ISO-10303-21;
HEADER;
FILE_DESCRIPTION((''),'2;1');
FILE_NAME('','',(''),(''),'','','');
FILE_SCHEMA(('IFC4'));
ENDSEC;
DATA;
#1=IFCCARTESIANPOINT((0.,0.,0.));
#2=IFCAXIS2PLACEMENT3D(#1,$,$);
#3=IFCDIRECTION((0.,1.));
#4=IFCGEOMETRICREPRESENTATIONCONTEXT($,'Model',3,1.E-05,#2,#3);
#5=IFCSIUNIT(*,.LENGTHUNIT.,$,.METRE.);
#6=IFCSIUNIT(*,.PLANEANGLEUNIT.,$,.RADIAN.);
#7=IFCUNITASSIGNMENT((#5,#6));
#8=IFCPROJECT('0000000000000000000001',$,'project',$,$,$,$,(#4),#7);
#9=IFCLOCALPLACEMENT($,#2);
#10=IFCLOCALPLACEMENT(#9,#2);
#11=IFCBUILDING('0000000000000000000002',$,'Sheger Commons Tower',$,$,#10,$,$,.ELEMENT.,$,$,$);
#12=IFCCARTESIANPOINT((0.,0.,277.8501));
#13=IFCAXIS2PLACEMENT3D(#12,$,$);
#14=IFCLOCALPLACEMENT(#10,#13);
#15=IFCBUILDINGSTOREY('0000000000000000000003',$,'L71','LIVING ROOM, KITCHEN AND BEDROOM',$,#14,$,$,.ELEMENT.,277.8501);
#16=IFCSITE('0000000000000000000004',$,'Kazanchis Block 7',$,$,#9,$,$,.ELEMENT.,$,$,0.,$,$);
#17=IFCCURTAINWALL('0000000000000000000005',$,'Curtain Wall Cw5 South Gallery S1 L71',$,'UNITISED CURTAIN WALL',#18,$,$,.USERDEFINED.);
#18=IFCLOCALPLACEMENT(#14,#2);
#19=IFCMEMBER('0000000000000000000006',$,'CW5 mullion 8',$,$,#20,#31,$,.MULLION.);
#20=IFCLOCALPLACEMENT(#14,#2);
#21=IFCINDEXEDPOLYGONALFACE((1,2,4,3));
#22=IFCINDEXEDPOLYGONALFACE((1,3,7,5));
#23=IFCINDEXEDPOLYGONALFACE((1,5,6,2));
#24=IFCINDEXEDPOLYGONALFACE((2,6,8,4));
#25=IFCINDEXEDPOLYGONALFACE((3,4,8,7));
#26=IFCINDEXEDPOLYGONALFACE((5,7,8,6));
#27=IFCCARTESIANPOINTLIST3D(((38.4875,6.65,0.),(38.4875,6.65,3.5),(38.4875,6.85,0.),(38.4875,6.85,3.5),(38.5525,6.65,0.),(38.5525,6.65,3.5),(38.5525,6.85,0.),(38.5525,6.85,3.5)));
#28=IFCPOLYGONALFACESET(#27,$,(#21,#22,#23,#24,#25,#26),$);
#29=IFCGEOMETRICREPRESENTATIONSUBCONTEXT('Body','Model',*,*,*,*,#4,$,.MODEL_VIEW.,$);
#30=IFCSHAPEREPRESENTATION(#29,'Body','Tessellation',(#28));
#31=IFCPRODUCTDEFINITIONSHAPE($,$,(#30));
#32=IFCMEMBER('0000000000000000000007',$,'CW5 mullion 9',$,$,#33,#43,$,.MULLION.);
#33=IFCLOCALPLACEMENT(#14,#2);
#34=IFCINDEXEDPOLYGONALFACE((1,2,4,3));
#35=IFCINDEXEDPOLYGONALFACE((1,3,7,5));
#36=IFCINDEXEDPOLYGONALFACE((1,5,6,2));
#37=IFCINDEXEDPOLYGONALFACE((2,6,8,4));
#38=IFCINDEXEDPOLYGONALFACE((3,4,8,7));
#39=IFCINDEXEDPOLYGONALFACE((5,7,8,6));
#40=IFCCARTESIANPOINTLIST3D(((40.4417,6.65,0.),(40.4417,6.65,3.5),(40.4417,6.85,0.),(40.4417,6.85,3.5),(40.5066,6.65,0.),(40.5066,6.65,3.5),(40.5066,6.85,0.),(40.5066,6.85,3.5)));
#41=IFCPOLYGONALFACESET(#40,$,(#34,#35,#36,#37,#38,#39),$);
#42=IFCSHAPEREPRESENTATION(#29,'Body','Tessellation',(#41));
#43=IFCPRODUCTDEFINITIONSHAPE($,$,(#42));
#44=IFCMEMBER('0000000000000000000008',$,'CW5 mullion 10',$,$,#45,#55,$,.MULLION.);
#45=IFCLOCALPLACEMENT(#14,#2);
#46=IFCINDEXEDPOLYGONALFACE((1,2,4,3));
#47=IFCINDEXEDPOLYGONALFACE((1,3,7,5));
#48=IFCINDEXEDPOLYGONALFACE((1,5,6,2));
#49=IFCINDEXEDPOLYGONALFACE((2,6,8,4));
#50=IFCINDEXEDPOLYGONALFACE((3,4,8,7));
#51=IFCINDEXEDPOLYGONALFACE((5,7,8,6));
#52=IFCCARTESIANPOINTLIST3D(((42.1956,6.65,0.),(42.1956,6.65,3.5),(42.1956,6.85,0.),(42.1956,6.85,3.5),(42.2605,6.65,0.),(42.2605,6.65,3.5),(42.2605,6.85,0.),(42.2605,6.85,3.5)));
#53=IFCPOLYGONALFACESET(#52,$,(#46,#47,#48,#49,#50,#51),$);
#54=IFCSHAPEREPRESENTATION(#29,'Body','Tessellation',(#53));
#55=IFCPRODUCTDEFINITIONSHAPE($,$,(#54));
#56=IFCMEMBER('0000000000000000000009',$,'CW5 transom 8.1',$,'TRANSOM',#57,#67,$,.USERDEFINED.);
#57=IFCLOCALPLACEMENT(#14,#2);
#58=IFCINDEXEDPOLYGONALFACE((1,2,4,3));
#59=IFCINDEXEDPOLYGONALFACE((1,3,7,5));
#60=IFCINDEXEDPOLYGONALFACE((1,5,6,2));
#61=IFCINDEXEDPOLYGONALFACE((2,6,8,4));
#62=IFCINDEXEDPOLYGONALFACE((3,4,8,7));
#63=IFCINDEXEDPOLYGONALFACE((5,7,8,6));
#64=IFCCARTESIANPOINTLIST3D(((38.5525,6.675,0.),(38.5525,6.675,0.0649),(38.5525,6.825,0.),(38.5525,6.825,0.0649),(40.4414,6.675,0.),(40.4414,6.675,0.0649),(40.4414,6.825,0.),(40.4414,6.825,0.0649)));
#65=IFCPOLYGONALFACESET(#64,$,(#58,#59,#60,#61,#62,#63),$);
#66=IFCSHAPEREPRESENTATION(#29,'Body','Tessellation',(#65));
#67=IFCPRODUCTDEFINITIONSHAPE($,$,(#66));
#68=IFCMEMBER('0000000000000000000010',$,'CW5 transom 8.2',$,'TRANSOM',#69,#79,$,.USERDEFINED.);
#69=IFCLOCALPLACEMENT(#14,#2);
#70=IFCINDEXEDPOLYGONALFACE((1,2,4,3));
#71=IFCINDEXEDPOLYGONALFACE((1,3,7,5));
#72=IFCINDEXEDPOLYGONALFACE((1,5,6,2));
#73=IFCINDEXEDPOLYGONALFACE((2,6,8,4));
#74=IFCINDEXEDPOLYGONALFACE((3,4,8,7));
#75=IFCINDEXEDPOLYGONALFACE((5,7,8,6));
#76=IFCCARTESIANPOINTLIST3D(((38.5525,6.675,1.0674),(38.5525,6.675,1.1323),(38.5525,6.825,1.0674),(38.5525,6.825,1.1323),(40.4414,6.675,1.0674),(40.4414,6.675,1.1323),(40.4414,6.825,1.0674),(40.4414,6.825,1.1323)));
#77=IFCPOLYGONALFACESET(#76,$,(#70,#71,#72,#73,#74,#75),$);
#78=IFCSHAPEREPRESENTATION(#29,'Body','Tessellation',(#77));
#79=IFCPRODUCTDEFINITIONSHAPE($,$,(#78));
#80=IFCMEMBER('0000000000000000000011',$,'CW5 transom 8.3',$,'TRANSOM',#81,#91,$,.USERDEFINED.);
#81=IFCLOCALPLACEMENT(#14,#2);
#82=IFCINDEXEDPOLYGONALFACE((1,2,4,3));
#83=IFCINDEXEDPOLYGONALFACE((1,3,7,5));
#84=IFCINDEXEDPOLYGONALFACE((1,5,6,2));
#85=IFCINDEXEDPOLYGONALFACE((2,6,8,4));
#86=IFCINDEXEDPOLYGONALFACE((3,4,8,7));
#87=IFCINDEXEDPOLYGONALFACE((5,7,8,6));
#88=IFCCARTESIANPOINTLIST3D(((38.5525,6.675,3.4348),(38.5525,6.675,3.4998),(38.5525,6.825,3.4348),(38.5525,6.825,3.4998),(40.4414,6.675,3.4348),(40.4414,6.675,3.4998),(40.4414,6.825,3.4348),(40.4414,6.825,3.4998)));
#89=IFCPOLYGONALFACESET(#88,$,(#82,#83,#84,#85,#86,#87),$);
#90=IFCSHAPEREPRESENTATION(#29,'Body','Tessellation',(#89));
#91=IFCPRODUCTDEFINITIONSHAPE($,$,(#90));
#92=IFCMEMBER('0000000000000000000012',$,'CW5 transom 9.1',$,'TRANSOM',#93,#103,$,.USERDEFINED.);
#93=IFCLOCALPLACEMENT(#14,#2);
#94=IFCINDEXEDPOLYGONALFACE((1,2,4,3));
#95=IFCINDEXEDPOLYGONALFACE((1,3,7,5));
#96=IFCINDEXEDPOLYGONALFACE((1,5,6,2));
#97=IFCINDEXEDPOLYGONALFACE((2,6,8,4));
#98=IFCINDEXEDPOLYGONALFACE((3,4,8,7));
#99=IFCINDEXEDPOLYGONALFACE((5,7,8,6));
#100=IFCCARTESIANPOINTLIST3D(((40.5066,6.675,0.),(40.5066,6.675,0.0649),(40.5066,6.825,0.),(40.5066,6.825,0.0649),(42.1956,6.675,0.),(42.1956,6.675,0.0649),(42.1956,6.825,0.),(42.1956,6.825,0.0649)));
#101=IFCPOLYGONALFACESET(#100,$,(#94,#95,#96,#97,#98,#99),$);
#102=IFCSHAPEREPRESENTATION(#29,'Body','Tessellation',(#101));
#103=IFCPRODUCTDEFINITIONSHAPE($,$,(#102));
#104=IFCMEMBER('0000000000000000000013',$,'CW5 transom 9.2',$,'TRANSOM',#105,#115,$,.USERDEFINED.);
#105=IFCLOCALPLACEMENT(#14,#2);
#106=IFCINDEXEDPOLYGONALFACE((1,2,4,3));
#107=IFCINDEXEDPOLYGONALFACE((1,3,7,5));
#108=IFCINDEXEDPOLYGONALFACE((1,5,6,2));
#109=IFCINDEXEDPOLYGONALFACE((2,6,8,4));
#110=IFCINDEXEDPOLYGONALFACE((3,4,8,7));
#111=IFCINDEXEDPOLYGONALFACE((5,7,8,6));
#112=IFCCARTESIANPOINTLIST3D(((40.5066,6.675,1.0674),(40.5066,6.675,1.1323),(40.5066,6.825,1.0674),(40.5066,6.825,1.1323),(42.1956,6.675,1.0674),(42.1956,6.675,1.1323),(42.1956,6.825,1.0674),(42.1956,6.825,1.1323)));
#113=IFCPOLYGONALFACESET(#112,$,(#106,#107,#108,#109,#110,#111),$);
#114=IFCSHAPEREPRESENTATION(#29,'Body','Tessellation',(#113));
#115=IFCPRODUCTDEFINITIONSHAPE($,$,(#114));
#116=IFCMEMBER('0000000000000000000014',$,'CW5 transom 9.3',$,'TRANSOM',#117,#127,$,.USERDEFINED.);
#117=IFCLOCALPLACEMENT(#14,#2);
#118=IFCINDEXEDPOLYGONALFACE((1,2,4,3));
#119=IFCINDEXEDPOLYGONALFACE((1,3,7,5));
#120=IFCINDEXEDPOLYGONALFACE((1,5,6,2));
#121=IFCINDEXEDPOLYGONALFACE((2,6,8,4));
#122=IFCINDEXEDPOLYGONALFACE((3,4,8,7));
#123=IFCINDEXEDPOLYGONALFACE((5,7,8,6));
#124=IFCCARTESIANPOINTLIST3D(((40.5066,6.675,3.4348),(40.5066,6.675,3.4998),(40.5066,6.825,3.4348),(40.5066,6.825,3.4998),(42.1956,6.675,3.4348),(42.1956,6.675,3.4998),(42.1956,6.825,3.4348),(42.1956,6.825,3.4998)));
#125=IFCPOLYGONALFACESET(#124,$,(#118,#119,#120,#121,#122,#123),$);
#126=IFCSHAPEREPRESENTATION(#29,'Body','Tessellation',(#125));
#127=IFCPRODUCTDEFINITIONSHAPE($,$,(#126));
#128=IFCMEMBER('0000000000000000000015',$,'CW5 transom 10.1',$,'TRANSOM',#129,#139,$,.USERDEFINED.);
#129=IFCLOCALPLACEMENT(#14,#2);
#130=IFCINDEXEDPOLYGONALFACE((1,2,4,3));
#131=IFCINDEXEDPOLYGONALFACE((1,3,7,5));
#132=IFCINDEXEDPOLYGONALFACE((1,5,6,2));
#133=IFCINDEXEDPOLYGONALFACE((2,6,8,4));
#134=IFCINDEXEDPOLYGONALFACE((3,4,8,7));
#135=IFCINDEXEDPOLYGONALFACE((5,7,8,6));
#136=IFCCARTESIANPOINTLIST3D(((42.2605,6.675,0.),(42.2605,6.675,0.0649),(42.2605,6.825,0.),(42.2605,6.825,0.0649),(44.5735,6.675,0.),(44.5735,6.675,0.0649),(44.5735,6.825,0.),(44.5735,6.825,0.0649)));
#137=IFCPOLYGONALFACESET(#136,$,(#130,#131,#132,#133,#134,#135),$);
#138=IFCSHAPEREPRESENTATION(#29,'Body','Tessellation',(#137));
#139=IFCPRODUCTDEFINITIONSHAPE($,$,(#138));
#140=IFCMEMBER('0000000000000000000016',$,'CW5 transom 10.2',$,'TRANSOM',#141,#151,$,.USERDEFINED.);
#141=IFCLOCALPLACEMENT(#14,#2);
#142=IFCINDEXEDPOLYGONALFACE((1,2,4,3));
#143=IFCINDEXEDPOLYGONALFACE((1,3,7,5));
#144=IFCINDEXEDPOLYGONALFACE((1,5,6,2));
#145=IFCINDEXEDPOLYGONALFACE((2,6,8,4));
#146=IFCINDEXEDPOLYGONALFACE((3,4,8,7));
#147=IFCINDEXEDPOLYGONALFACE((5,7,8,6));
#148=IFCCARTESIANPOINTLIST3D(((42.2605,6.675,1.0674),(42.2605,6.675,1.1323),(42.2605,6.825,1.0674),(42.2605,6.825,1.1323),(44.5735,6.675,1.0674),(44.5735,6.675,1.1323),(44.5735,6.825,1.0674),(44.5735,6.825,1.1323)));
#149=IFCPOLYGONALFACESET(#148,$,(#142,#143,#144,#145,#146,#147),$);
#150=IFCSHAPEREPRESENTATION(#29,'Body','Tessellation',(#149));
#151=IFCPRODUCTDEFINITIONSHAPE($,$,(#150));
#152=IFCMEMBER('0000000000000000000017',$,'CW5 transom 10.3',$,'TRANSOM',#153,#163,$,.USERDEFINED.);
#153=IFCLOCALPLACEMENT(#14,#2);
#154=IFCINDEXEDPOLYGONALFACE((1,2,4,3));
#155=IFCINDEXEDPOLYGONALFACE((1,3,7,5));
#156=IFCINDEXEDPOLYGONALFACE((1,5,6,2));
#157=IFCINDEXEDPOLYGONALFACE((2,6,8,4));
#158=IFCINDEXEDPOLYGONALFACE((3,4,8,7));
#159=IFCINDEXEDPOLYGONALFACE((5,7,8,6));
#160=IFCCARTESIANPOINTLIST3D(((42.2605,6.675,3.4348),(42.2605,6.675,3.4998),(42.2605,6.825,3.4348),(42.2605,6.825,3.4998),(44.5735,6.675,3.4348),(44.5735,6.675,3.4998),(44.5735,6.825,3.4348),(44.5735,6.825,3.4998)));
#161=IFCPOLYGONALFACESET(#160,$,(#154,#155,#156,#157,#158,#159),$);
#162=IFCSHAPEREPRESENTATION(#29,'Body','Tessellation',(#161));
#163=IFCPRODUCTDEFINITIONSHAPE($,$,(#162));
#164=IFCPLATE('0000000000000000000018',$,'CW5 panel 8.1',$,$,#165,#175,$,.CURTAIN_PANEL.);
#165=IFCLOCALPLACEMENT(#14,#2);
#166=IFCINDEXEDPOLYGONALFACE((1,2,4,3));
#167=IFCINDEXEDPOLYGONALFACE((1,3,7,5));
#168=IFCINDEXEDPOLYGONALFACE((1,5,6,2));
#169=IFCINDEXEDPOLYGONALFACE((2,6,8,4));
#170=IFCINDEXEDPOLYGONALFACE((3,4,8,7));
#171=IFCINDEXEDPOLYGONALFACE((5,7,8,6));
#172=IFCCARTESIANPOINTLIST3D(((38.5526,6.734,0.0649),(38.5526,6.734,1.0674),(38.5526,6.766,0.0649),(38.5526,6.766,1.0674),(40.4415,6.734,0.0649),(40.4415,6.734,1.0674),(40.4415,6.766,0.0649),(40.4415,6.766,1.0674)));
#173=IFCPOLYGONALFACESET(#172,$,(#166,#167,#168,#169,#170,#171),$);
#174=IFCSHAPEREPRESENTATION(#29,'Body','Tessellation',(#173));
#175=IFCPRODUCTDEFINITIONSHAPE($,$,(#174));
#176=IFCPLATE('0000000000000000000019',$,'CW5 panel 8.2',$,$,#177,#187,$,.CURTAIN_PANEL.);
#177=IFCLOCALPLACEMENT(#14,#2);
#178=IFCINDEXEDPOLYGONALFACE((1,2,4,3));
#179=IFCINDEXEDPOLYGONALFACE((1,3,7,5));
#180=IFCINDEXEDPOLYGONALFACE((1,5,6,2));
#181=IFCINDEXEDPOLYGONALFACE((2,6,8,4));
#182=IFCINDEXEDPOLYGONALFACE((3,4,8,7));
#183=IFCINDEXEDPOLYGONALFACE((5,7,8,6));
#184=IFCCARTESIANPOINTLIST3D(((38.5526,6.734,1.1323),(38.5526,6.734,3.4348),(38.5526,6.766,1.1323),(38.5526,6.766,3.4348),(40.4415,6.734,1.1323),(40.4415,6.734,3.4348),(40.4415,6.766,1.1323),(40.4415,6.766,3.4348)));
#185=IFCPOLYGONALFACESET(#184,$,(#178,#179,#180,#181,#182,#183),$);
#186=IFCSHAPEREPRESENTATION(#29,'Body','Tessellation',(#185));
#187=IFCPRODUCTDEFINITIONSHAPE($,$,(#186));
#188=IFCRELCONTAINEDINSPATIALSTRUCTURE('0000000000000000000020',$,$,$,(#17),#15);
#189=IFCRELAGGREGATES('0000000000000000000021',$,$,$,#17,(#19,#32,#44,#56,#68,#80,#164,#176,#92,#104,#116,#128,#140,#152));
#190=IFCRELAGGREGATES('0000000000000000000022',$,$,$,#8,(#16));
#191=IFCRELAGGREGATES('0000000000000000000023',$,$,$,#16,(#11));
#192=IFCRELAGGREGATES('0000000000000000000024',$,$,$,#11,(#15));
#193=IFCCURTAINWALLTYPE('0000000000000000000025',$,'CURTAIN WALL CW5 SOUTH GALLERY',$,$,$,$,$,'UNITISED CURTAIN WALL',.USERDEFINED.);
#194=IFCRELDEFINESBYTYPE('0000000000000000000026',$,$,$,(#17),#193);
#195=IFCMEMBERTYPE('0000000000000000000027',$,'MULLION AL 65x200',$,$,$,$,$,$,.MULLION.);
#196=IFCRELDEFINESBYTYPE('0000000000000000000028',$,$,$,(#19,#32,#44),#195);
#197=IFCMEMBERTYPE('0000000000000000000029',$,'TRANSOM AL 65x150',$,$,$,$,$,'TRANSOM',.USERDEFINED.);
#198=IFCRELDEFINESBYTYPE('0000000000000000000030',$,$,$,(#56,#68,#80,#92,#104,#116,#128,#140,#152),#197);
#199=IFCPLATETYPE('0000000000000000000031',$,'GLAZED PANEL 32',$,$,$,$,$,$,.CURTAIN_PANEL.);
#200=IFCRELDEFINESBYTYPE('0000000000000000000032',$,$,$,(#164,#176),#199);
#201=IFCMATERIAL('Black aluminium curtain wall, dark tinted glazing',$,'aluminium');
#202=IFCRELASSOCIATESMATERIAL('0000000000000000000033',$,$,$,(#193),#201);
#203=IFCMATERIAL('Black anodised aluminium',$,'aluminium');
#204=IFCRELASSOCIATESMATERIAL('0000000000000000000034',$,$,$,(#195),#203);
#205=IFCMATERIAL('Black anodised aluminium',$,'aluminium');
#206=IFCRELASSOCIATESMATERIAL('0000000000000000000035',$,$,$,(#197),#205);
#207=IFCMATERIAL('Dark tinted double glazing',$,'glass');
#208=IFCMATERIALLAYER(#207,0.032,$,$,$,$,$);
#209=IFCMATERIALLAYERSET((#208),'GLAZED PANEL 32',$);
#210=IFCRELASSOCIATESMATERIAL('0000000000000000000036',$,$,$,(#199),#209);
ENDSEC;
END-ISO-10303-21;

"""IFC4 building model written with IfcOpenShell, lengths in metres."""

from ifc_helpers import new_model, si_unit, direction, frame, origin, origin_2d, place, context, subcontext, project, spatial, rectangle, extrude, material, layer, layer_set, material_profile, profile_set, type_object, element, aggregate, save


model = new_model("IFC4")

# Units and contexts
model_context = context("Model", 3, precision=1e-05, world=origin(), true_north=direction((0.0, 1.0)))
body_context = subcontext(model_context, "Body", "Model", "MODEL_VIEW")
ifc_project = project(units=[si_unit("LENGTHUNIT", "METRE"), si_unit("PLANEANGLEUNIT", "RADIAN")], contexts=[model_context])

# Site, building, storey
site_placement = place(None, origin())
site = spatial("IfcSite", under=ifc_project, at=site_placement, Name="Kazanchis Block 7", CompositionType="ELEMENT", RefElevation=0.0)
building_placement = place(site_placement, origin())
building = spatial("IfcBuilding", under=site, at=building_placement, Name="Sheger Commons Tower", CompositionType="ELEMENT")
storey_placement = place(building_placement, frame((0.0, 0.0, 277.8501)))
storey = spatial("IfcBuildingStorey", under=building, at=storey_placement, Name="L71", Description="LIVING ROOM, KITCHEN AND BEDROOM", CompositionType="ELEMENT", Elevation=277.8501)

# Curtain wall, members, plates
ifc_material_1 = material(Name="Black aluminium curtain wall, dark tinted glazing", Category="aluminium")
curtain_wall_type = type_object("IfcCurtainWallType", Name="CURTAIN WALL CW5 SOUTH GALLERY", ElementType="UNITISED CURTAIN WALL", PredefinedType="USERDEFINED", material=ifc_material_1)
curtain_wall_placement = place(storey_placement, origin())
curtain_wall = element("IfcCurtainWall", 1, at=curtain_wall_placement, inside=storey, type_object=curtain_wall_type, Name="Curtain Wall Cw5 South Gallery S1 L71", ObjectType="UNITISED CURTAIN WALL", PredefinedType="USERDEFINED")
ifc_material_2 = material(Name="Black anodised aluminium", Category="aluminium")
ifc_material_profile_1 = material_profile(ifc_material_2, rectangle(XDim=0.2, YDim=0.0649, at=origin_2d()), Name="AL 65x200")
ifc_profile_set_1 = profile_set([ifc_material_profile_1], Name="Black anodised aluminium")
member_type_1 = type_object("IfcMemberType", Name="MULLION AL 65x200", PredefinedType="MULLION", material=ifc_profile_set_1)
member_1_placement = place(storey_placement, frame((38.52, 6.75, 0.0), z_axis=(0.0, 0.0, 1.0), x_axis=(0.0, 1.0, 0.0)))
member_1 = element("IfcMember", 2, at=member_1_placement, type_object=member_type_1, Name="CW5 mullion 8", PredefinedType="MULLION", context=body_context, shape_type="SweptSolid", body=[
    extrude(rectangle(XDim=0.2, YDim=0.0649, at=origin_2d()), origin(), (0.0, 0.0, 1.0), 3.5),
])
member_2_placement = place(storey_placement, frame((40.4741, 6.75, 0.0), z_axis=(0.0, 0.0, 1.0), x_axis=(0.0, 1.0, 0.0)))
member_2 = element("IfcMember", 3, at=member_2_placement, type_object=member_type_1, Name="CW5 mullion 9", PredefinedType="MULLION", context=body_context, shape_type="SweptSolid", body=[
    extrude(rectangle(XDim=0.2, YDim=0.0649, at=origin_2d()), origin(), (0.0, 0.0, 1.0), 3.5),
])
member_3_placement = place(storey_placement, frame((42.228, 6.75, 0.0), z_axis=(0.0, 0.0, 1.0), x_axis=(0.0, 1.0, 0.0)))
member_3 = element("IfcMember", 4, at=member_3_placement, type_object=member_type_1, Name="CW5 mullion 10", PredefinedType="MULLION", context=body_context, shape_type="SweptSolid", body=[
    extrude(rectangle(XDim=0.2, YDim=0.0649, at=origin_2d()), origin(), (0.0, 0.0, 1.0), 3.5),
])
ifc_material_3 = material(Name="Black anodised aluminium", Category="aluminium")
ifc_material_profile_2 = material_profile(ifc_material_3, rectangle(XDim=0.1499, YDim=0.0649, at=origin_2d()), Name="AL 65x150")
ifc_profile_set_2 = profile_set([ifc_material_profile_2], Name="Black anodised aluminium")
member_type_2 = type_object("IfcMemberType", Name="TRANSOM AL 65x150", ElementType="TRANSOM", PredefinedType="USERDEFINED", material=ifc_profile_set_2)
member_4_placement = place(storey_placement, frame((38.5525, 6.75, 0.0325), z_axis=(1.0, 0.0, 0.0), x_axis=(0.0, 1.0, 0.0)))
member_4 = element("IfcMember", 5, at=member_4_placement, type_object=member_type_2, Name="CW5 transom 8.1", ObjectType="TRANSOM", PredefinedType="USERDEFINED", context=body_context, shape_type="SweptSolid", body=[
    extrude(rectangle(XDim=0.1499, YDim=0.0649, at=origin_2d()), origin(), (0.0, 0.0, 1.0), 1.8889),
])
member_5_placement = place(storey_placement, frame((38.5525, 6.75, 1.0999), z_axis=(1.0, 0.0, 0.0), x_axis=(0.0, 1.0, 0.0)))
member_5 = element("IfcMember", 6, at=member_5_placement, type_object=member_type_2, Name="CW5 transom 8.2", ObjectType="TRANSOM", PredefinedType="USERDEFINED", context=body_context, shape_type="SweptSolid", body=[
    extrude(rectangle(XDim=0.1499, YDim=0.0649, at=origin_2d()), origin(), (0.0, 0.0, 1.0), 1.8889),
])
member_6_placement = place(storey_placement, frame((38.5525, 6.75, 3.4673), z_axis=(1.0, 0.0, 0.0), x_axis=(0.0, 1.0, 0.0)))
member_6 = element("IfcMember", 7, at=member_6_placement, type_object=member_type_2, Name="CW5 transom 8.3", ObjectType="TRANSOM", PredefinedType="USERDEFINED", context=body_context, shape_type="SweptSolid", body=[
    extrude(rectangle(XDim=0.1499, YDim=0.0649, at=origin_2d()), origin(), (0.0, 0.0, 1.0), 1.8889),
])
member_7_placement = place(storey_placement, frame((40.5066, 6.75, 0.0325), z_axis=(1.0, 0.0, 0.0), x_axis=(0.0, 1.0, 0.0)))
member_7 = element("IfcMember", 8, at=member_7_placement, type_object=member_type_2, Name="CW5 transom 9.1", ObjectType="TRANSOM", PredefinedType="USERDEFINED", context=body_context, shape_type="SweptSolid", body=[
    extrude(rectangle(XDim=0.1499, YDim=0.0649, at=origin_2d()), origin(), (0.0, 0.0, 1.0), 1.689),
])
member_8_placement = place(storey_placement, frame((40.5066, 6.75, 1.0999), z_axis=(1.0, 0.0, 0.0), x_axis=(0.0, 1.0, 0.0)))
member_8 = element("IfcMember", 9, at=member_8_placement, type_object=member_type_2, Name="CW5 transom 9.2", ObjectType="TRANSOM", PredefinedType="USERDEFINED", context=body_context, shape_type="SweptSolid", body=[
    extrude(rectangle(XDim=0.1499, YDim=0.0649, at=origin_2d()), origin(), (0.0, 0.0, 1.0), 1.689),
])
member_9_placement = place(storey_placement, frame((40.5066, 6.75, 3.4673), z_axis=(1.0, 0.0, 0.0), x_axis=(0.0, 1.0, 0.0)))
member_9 = element("IfcMember", 10, at=member_9_placement, type_object=member_type_2, Name="CW5 transom 9.3", ObjectType="TRANSOM", PredefinedType="USERDEFINED", context=body_context, shape_type="SweptSolid", body=[
    extrude(rectangle(XDim=0.1499, YDim=0.0649, at=origin_2d()), origin(), (0.0, 0.0, 1.0), 1.689),
])
member_10_placement = place(storey_placement, frame((42.2605, 6.75, 0.0325), z_axis=(1.0, 0.0, 0.0), x_axis=(0.0, 1.0, 0.0)))
member_10 = element("IfcMember", 11, at=member_10_placement, type_object=member_type_2, Name="CW5 transom 10.1", ObjectType="TRANSOM", PredefinedType="USERDEFINED", context=body_context, shape_type="SweptSolid", body=[
    extrude(rectangle(XDim=0.1499, YDim=0.0649, at=origin_2d()), origin(), (0.0, 0.0, 1.0), 2.313),
])
member_11_placement = place(storey_placement, frame((42.2605, 6.75, 1.0999), z_axis=(1.0, 0.0, 0.0), x_axis=(0.0, 1.0, 0.0)))
member_11 = element("IfcMember", 12, at=member_11_placement, type_object=member_type_2, Name="CW5 transom 10.2", ObjectType="TRANSOM", PredefinedType="USERDEFINED", context=body_context, shape_type="SweptSolid", body=[
    extrude(rectangle(XDim=0.1499, YDim=0.0649, at=origin_2d()), origin(), (0.0, 0.0, 1.0), 2.313),
])
member_12_placement = place(storey_placement, frame((42.2605, 6.75, 3.4673), z_axis=(1.0, 0.0, 0.0), x_axis=(0.0, 1.0, 0.0)))
member_12 = element("IfcMember", 13, at=member_12_placement, type_object=member_type_2, Name="CW5 transom 10.3", ObjectType="TRANSOM", PredefinedType="USERDEFINED", context=body_context, shape_type="SweptSolid", body=[
    extrude(rectangle(XDim=0.1499, YDim=0.0649, at=origin_2d()), origin(), (0.0, 0.0, 1.0), 2.313),
])
ifc_material_4 = material(Name="Dark tinted double glazing", Category="glass")
ifc_layer_1 = layer(ifc_material_4, 0.032)
ifc_layer_set_1 = layer_set([ifc_layer_1], Name="GLAZED PANEL 32")
plate_type_1 = type_object("IfcPlateType", Name="GLAZED PANEL 32", PredefinedType="CURTAIN_PANEL", material=ifc_layer_set_1)
plate_1_placement = place(storey_placement, frame((39.4971, 6.75, 0.0649), z_axis=(0.0, 0.0, 1.0), x_axis=(1.0, 0.0, 0.0)))
plate_1 = element("IfcPlate", 14, at=plate_1_placement, type_object=plate_type_1, Name="CW5 panel 8.1", PredefinedType="CURTAIN_PANEL", context=body_context, shape_type="SweptSolid", body=[
    extrude(rectangle(XDim=1.8889, YDim=0.032, at=origin_2d()), origin(), (0.0, 0.0, 1.0), 1.0024),
])
plate_2_placement = place(storey_placement, frame((39.4971, 6.75, 1.1323), z_axis=(0.0, 0.0, 1.0), x_axis=(1.0, 0.0, 0.0)))
plate_2 = element("IfcPlate", 15, at=plate_2_placement, type_object=plate_type_1, Name="CW5 panel 8.2", PredefinedType="CURTAIN_PANEL", context=body_context, shape_type="SweptSolid", body=[
    extrude(rectangle(XDim=1.8889, YDim=0.032, at=origin_2d()), origin(), (0.0, 0.0, 1.0), 2.3025),
])
aggregate(curtain_wall, [member_1, member_2, member_3, member_4, member_5, member_6, plate_1, plate_2, member_7, member_8, member_9, member_10, member_11, member_12])

save(model, "model.ifc")
